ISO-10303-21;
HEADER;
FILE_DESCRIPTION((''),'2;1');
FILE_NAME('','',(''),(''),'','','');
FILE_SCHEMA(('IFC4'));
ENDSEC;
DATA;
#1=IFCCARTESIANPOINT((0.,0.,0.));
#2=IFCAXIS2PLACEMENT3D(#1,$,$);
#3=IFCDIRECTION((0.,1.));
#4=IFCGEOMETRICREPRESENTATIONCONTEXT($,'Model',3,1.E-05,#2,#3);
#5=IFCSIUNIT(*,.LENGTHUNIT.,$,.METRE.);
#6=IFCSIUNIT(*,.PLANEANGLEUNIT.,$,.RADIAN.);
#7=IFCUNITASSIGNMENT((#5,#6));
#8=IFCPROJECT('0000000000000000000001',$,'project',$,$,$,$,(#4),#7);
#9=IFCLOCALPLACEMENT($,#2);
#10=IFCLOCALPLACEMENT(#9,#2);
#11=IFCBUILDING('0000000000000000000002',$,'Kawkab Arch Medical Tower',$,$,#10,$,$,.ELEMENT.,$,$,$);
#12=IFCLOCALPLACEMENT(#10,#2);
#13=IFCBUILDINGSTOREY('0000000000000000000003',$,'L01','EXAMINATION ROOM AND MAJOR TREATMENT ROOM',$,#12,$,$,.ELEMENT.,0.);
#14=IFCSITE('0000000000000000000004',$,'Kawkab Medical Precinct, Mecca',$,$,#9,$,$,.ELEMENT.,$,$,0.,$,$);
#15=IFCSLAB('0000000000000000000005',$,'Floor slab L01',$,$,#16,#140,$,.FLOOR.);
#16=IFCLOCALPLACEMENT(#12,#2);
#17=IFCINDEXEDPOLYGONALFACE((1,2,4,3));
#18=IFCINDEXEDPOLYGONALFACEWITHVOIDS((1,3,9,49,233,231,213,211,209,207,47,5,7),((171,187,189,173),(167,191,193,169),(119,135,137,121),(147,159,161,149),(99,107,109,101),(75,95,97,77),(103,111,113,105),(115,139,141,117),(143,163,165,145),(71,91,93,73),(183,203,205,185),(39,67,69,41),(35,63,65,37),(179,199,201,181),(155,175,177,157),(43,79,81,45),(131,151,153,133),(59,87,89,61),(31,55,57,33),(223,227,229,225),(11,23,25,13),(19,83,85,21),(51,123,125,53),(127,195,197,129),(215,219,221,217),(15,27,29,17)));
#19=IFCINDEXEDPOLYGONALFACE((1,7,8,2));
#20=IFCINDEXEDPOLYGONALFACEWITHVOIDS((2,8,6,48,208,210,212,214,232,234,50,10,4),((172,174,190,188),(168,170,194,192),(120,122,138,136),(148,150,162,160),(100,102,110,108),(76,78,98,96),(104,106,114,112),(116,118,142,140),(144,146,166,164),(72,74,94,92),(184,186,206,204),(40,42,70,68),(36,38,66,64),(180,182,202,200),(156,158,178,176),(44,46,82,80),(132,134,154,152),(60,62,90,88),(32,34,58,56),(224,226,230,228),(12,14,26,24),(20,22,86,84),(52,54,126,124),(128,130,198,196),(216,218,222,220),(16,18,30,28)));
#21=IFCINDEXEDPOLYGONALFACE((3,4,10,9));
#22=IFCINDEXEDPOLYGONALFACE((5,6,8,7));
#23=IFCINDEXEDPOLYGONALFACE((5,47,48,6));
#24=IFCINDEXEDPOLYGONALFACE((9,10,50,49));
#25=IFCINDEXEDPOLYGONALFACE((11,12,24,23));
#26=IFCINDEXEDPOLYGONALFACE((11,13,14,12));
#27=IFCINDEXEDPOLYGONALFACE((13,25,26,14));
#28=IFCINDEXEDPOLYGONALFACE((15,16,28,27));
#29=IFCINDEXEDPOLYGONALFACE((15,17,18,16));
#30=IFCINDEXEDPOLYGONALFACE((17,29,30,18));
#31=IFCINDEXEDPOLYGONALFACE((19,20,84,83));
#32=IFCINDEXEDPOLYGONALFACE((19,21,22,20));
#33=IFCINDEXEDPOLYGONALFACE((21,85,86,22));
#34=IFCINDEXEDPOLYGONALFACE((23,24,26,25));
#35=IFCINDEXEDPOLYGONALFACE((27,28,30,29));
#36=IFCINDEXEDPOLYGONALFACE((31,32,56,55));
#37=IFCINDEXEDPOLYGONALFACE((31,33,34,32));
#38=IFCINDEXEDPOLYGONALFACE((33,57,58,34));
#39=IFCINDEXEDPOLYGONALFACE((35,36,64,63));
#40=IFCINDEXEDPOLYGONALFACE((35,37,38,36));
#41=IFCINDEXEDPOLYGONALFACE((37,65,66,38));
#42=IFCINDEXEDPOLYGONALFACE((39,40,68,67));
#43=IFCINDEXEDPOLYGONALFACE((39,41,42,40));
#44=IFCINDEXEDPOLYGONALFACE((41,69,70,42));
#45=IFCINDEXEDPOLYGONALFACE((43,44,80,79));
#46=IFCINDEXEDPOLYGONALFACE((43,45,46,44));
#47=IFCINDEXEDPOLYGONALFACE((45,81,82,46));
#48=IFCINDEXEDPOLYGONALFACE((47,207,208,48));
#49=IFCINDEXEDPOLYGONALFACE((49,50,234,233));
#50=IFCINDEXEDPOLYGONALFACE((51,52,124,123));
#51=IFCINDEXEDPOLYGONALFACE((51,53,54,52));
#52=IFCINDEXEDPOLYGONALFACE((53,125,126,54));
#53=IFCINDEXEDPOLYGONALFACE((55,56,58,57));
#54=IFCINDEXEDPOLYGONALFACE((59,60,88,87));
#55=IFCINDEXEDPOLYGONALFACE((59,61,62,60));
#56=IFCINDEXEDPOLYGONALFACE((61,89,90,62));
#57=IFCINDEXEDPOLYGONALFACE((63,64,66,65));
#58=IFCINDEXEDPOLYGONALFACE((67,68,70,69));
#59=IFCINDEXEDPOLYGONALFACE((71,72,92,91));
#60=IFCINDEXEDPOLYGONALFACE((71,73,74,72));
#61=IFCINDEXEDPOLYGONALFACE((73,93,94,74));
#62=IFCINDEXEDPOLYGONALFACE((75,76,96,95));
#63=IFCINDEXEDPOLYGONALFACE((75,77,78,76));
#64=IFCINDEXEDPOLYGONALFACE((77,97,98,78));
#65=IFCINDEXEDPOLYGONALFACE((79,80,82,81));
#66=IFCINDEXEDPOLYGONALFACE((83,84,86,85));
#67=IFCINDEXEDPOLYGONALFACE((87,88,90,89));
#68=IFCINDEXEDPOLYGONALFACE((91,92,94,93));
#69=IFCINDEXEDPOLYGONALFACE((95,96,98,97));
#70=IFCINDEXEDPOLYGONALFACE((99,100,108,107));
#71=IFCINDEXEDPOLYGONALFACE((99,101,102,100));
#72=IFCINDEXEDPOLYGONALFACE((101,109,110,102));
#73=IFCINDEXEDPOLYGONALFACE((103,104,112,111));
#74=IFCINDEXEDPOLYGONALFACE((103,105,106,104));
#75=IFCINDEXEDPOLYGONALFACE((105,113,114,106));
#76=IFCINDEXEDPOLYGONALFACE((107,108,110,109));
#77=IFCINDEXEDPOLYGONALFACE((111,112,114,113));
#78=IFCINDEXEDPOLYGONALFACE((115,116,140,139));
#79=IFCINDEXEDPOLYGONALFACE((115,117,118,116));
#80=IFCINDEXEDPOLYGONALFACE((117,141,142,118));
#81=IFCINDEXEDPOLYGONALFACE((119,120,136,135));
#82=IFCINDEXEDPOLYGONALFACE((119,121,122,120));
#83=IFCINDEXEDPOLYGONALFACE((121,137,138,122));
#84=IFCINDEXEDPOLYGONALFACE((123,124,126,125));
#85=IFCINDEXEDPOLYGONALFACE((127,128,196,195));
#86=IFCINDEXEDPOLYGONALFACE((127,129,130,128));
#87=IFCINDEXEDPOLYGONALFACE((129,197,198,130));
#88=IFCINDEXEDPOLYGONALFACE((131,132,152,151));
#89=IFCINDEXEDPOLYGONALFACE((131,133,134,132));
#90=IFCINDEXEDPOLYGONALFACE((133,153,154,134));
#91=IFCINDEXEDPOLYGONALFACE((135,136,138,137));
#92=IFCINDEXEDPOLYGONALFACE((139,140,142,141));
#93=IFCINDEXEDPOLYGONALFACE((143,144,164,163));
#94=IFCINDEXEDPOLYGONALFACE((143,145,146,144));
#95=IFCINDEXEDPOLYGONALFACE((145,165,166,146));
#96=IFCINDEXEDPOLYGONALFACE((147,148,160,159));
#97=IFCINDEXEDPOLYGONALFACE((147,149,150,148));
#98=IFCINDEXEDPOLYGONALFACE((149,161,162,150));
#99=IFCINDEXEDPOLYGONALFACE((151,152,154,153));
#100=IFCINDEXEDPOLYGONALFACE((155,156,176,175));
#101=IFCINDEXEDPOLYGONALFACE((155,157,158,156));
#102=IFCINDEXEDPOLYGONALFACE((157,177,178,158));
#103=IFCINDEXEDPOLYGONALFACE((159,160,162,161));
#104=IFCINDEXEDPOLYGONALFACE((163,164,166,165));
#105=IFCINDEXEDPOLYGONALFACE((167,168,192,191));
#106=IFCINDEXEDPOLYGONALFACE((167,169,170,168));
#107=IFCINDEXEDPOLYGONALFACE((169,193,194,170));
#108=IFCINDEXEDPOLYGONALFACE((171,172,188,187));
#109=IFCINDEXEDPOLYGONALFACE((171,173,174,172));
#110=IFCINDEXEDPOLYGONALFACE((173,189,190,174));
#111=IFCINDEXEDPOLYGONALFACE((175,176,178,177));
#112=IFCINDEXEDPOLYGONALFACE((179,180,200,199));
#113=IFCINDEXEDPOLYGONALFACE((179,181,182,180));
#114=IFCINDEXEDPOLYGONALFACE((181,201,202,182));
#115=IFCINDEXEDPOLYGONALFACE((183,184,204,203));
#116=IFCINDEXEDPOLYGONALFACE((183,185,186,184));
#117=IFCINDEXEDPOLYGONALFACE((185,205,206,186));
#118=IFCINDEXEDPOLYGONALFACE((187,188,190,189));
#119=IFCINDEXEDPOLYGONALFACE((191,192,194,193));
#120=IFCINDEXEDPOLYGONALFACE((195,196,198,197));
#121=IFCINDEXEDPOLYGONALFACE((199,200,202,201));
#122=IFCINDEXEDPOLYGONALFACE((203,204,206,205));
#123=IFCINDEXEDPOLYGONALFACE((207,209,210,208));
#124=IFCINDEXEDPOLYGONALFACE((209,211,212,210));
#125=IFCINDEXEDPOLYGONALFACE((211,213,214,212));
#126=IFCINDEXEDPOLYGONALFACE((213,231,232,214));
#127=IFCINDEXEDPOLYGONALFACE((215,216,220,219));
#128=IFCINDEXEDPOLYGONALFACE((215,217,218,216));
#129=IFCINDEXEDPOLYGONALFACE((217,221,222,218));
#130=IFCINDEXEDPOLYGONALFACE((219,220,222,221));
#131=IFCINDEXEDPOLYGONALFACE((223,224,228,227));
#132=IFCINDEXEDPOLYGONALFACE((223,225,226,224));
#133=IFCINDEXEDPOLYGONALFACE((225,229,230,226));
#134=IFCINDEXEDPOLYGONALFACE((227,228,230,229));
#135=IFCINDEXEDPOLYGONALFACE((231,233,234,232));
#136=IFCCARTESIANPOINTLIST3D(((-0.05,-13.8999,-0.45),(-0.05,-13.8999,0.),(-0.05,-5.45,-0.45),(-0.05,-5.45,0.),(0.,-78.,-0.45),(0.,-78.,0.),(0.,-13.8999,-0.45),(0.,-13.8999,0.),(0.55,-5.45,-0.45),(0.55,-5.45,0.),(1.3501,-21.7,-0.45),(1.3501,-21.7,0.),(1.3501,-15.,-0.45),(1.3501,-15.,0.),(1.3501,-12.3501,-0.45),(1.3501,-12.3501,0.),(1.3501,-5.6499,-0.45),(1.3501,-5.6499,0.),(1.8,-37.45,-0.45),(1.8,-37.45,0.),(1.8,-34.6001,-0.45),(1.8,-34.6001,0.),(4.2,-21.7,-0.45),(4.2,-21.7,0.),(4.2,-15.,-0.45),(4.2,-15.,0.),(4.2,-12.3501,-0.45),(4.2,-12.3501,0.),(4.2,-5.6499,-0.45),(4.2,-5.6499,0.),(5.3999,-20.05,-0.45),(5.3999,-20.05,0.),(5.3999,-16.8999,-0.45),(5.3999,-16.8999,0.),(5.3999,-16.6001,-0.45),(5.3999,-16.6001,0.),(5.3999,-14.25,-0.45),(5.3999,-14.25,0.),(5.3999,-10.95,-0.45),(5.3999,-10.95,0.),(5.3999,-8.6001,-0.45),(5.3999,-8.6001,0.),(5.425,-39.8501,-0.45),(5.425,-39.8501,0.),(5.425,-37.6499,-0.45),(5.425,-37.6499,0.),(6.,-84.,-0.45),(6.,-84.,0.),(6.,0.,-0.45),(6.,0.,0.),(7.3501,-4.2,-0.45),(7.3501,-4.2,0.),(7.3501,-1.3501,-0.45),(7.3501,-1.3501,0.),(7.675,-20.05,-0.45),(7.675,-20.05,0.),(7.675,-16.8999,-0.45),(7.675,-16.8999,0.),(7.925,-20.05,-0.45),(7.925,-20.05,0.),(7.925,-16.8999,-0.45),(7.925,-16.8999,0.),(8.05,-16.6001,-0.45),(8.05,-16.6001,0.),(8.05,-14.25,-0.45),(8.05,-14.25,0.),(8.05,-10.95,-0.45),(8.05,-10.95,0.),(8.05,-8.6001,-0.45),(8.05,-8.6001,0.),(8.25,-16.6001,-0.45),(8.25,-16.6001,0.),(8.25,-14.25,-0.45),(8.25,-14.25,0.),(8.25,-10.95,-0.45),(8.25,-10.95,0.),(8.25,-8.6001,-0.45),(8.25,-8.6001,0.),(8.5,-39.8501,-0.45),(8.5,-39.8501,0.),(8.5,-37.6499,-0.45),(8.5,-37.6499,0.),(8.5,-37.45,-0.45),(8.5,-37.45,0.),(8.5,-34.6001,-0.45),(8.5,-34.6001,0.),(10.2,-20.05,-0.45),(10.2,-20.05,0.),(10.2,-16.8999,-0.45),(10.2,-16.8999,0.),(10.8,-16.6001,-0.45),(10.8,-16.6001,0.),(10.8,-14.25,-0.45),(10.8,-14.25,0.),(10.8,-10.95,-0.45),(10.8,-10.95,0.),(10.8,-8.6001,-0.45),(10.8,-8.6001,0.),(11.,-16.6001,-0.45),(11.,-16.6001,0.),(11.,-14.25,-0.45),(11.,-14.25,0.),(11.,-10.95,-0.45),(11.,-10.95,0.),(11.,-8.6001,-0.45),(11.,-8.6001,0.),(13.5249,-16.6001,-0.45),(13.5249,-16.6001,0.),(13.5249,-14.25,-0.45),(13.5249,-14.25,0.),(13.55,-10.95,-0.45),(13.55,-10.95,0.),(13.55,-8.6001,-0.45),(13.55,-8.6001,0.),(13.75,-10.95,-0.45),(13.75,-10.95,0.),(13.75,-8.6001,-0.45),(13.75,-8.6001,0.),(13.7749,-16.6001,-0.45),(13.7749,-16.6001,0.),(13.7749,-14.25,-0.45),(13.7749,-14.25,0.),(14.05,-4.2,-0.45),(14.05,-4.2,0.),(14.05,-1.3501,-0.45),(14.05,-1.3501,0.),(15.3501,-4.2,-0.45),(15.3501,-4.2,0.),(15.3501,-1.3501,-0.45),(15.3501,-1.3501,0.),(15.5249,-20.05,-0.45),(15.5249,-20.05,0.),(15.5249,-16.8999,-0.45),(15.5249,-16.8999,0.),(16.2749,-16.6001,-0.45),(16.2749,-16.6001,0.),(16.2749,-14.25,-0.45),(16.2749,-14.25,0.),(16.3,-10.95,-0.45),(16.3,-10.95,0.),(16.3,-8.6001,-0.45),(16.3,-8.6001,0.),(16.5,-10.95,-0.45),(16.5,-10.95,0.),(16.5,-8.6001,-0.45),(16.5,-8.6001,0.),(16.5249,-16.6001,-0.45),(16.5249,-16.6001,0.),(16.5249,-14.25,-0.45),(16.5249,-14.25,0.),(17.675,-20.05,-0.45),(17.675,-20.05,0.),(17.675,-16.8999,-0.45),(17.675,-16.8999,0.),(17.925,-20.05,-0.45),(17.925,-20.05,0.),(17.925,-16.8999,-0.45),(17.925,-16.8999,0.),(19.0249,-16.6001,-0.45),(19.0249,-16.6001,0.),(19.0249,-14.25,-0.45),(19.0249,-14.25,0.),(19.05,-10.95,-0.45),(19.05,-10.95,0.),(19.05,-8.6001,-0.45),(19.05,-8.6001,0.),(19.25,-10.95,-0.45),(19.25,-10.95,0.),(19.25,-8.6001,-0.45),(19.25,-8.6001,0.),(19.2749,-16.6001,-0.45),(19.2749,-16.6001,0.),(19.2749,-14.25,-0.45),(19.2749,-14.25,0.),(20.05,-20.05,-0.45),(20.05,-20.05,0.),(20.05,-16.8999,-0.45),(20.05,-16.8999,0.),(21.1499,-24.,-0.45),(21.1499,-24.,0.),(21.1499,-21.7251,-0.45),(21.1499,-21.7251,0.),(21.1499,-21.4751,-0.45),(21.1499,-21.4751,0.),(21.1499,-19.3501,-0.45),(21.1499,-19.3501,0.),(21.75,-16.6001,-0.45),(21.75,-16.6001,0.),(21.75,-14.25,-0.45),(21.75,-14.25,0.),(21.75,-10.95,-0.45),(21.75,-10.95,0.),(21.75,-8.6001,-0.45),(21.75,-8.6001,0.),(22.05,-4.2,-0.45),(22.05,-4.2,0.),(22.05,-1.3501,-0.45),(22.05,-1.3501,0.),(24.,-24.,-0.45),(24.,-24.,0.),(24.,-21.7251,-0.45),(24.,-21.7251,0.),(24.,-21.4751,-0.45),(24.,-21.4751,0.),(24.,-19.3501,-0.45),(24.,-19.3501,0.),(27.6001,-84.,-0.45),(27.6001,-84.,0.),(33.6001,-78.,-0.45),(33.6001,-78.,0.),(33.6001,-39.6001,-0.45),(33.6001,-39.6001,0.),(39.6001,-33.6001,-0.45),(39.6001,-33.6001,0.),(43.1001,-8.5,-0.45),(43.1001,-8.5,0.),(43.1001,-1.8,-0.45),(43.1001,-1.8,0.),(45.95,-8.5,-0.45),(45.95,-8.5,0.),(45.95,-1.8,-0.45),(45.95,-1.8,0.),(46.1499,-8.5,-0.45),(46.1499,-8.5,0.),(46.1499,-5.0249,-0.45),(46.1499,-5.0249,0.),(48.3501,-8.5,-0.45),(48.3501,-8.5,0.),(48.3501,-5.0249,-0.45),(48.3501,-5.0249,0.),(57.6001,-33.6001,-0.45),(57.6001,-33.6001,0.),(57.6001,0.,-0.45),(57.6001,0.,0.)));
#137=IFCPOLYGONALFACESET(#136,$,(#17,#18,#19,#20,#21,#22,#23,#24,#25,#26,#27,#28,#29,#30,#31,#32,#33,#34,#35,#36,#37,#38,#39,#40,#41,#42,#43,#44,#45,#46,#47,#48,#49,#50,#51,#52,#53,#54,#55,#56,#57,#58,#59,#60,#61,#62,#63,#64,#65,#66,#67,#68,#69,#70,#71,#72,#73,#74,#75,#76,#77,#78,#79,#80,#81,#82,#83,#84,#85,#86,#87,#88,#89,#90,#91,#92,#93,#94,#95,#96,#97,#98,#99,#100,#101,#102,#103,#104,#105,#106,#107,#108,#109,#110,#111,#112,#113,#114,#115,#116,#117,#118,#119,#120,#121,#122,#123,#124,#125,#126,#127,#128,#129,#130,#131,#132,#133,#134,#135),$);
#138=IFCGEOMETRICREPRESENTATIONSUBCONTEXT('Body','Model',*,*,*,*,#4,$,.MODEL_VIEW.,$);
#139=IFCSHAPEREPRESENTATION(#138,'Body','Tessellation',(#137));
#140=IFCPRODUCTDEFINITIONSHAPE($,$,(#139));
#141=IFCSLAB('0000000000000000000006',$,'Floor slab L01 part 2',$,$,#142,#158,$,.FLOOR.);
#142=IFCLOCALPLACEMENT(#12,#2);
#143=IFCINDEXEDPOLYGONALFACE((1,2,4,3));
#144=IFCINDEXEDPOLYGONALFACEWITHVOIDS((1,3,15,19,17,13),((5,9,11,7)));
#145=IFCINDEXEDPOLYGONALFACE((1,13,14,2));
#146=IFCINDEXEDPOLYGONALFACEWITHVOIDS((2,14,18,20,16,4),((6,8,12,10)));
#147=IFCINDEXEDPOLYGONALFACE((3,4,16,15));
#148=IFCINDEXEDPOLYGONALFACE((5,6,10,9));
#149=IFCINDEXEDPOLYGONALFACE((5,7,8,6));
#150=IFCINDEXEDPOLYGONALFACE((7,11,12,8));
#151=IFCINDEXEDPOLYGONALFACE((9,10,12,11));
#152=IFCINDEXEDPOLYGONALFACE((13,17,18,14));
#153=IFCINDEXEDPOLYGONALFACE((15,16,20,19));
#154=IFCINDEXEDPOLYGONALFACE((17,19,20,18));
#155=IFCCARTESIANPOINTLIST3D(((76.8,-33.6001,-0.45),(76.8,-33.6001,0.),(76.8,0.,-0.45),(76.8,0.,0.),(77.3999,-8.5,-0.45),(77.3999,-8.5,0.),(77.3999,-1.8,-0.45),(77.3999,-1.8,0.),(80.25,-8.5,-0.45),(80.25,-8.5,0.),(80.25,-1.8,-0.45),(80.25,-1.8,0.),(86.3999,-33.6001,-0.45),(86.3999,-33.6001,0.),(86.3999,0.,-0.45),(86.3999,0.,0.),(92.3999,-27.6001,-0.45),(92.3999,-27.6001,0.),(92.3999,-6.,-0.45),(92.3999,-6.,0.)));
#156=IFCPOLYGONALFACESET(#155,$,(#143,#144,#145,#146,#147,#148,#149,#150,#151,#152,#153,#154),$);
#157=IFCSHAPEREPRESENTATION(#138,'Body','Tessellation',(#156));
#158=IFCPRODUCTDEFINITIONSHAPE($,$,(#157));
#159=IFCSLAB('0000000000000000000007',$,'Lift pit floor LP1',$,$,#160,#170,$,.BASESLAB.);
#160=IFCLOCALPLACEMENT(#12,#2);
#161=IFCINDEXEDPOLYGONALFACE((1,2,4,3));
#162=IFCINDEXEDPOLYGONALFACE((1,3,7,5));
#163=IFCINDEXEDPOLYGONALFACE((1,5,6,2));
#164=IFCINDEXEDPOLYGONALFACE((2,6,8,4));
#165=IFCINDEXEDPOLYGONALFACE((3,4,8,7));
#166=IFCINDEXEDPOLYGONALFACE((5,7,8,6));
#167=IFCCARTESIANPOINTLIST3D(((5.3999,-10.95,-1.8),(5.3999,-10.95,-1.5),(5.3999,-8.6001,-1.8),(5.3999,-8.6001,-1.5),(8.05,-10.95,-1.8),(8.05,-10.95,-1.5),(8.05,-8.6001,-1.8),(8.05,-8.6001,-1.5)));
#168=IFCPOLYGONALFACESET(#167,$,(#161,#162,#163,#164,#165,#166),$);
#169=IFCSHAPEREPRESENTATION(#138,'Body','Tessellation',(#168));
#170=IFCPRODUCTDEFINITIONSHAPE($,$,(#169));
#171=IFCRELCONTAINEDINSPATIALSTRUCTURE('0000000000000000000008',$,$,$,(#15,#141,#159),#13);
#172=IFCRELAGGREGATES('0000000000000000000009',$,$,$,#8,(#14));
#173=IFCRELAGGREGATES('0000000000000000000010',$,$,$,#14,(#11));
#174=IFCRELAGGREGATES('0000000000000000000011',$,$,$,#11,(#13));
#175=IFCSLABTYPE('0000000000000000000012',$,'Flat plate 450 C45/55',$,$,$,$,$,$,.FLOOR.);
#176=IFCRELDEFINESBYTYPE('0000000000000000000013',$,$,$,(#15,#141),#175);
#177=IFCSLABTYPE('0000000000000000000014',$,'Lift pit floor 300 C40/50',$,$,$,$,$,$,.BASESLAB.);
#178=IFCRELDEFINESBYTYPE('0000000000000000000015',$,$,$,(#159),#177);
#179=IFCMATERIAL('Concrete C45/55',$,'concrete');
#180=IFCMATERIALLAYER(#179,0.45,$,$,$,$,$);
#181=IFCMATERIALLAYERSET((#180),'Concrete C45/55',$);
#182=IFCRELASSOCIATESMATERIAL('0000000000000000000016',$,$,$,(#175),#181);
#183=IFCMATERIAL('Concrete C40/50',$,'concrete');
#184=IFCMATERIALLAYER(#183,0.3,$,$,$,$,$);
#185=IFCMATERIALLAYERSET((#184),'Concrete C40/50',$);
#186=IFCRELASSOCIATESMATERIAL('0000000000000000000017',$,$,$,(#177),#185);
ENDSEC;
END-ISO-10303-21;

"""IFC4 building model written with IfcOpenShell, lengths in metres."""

from ifc_helpers import new_model, si_unit, direction, frame, origin, place, context, subcontext, project, spatial, polyline, outline, extrude, material, layer, layer_set, type_object, element, save


model = new_model("IFC4")

# Units and contexts
model_context = context("Model", 3, precision=1e-05, world=origin(), true_north=direction((0.0, 1.0)))
body_context = subcontext(model_context, "Body", "Model", "MODEL_VIEW")
ifc_project = project(units=[si_unit("LENGTHUNIT", "METRE"), si_unit("PLANEANGLEUNIT", "RADIAN")], contexts=[model_context])

# Site, building, storey
site_placement = place(None, origin())
site = spatial("IfcSite", under=ifc_project, at=site_placement, Name="Kawkab Medical Precinct, Mecca", CompositionType="ELEMENT", RefElevation=0.0)
building_placement = place(site_placement, origin())
building = spatial("IfcBuilding", under=site, at=building_placement, Name="Kawkab Arch Medical Tower", CompositionType="ELEMENT")
storey_placement = place(building_placement, origin())
storey = spatial("IfcBuildingStorey", under=building, at=storey_placement, Name="L01", Description="EXAMINATION ROOM AND MAJOR TREATMENT ROOM", CompositionType="ELEMENT", Elevation=0.0)

# Slabs
ifc_material_1 = material(Name="Concrete C45/55", Category="concrete")
ifc_layer_1 = layer(ifc_material_1, 0.45)
ifc_layer_set_1 = layer_set([ifc_layer_1], Name="Concrete C45/55")
slab_type_1 = type_object("IfcSlabType", Name="Flat plate 450 C45/55", PredefinedType="FLOOR", material=ifc_layer_set_1)
placement_1 = place(storey_placement, frame((0.0, 0.0, -0.45)))
element("IfcSlab", 1, at=placement_1, inside=storey, type_object=slab_type_1, Name="Floor slab L01", PredefinedType="FLOOR", context=body_context, shape_type="SweptSolid", body=[
    extrude(outline(polyline([(0.0, -78.0), (0.0, -13.8999), (-0.05, -13.8999), (-0.05, -5.45), (0.55, -5.45), (6.0, 0.0), (57.6001, 0.0), (57.6001, -33.6001), (39.6001, -33.6001), (33.6001, -39.6001), (33.6001, -78.0), (27.6001, -84.0), (6.0, -84.0), (0.0, -78.0)]), holes=[polyline([(5.425, -39.8501), (8.5, -39.8501), (8.5, -37.6499), (5.425, -37.6499), (5.425, -39.8501)]), polyline([(8.5, -37.45), (8.5, -34.6001), (1.8, -34.6001), (1.8, -37.45), (8.5, -37.45)]), polyline([(5.3999, -20.05), (7.675, -20.05), (7.675, -16.8999), (5.3999, -16.8999), (5.3999, -20.05)]), polyline([(7.925, -16.8999), (7.925, -20.05), (10.2, -20.05), (10.2, -16.8999), (7.925, -16.8999)]), polyline([(4.2, -15.0), (1.3501, -15.0), (1.3501, -21.7), (4.2, -21.7), (4.2, -15.0)]), polyline([(5.3999, -16.6001), (8.05, -16.6001), (8.05, -14.25), (5.3999, -14.25), (5.3999, -16.6001)]), polyline([(8.25, -16.6001), (10.8, -16.6001), (10.8, -14.25), (8.25, -14.25), (8.25, -16.6001)]), polyline([(13.5249, -16.6001), (13.5249, -14.25), (11.0, -14.25), (11.0, -16.6001), (13.5249, -16.6001)]), polyline([(13.7749, -16.6001), (16.2749, -16.6001), (16.2749, -14.25), (13.7749, -14.25), (13.7749, -16.6001)]), polyline([(5.3999, -10.95), (8.05, -10.95), (8.05, -8.6001), (5.3999, -8.6001), (5.3999, -10.95)]), polyline([(8.25, -10.95), (10.8, -10.95), (10.8, -8.6001), (8.25, -8.6001), (8.25, -10.95)]), polyline([(13.55, -8.6001), (11.0, -8.6001), (11.0, -10.95), (13.55, -10.95), (13.55, -8.6001)]), polyline([(4.2, -5.6499), (1.3501, -5.6499), (1.3501, -12.3501), (4.2, -12.3501), (4.2, -5.6499)]), polyline([(14.05, -1.3501), (7.3501, -1.3501), (7.3501, -4.2), (14.05, -4.2), (14.05, -1.3501)]), polyline([(24.0, -21.7251), (21.1499, -21.7251), (21.1499, -24.0), (24.0, -24.0), (24.0, -21.7251)]), polyline([(24.0, -19.3501), (21.1499, -19.3501), (21.1499, -21.4751), (24.0, -21.4751), (24.0, -19.3501)]), polyline([(17.675, -20.05), (17.675, -16.8999), (15.5249, -16.8999), (15.5249, -20.05), (17.675, -20.05)]), polyline([(17.925, -20.05), (20.05, -20.05), (20.05, -16.8999), (17.925, -16.8999), (17.925, -20.05)]), polyline([(16.5249, -16.6001), (19.0249, -16.6001), (19.0249, -14.25), (16.5249, -14.25), (16.5249, -16.6001)]), polyline([(21.75, -16.6001), (21.75, -14.25), (19.2749, -14.25), (19.2749, -16.6001), (21.75, -16.6001)]), polyline([(16.3, -8.6001), (13.75, -8.6001), (13.75, -10.95), (16.3, -10.95), (16.3, -8.6001)]), polyline([(19.05, -10.95), (19.05, -8.6001), (16.5, -8.6001), (16.5, -10.95), (19.05, -10.95)]), polyline([(21.75, -8.6001), (19.25, -8.6001), (19.25, -10.95), (21.75, -10.95), (21.75, -8.6001)]), polyline([(46.1499, -8.5), (48.3501, -8.5), (48.3501, -5.0249), (46.1499, -5.0249), (46.1499, -8.5)]), polyline([(43.1001, -8.5), (45.95, -8.5), (45.95, -1.8), (43.1001, -1.8), (43.1001, -8.5)]), polyline([(15.3501, -1.3501), (15.3501, -4.2), (22.05, -4.2), (22.05, -1.3501), (15.3501, -1.3501)])]), origin(), (0.0, 0.0, 1.0), 0.45),
])
element("IfcSlab", 2, at=placement_1, inside=storey, type_object=slab_type_1, Name="Floor slab L01 part 2", PredefinedType="FLOOR", context=body_context, shape_type="SweptSolid", body=[
    extrude(outline(polyline([(86.3999, 0.0), (92.3999, -6.0), (92.3999, -27.6001), (86.3999, -33.6001), (76.8, -33.6001), (76.8, 0.0), (86.3999, 0.0)]), holes=[polyline([(77.3999, -8.5), (80.25, -8.5), (80.25, -1.8), (77.3999, -1.8), (77.3999, -8.5)])]), origin(), (0.0, 0.0, 1.0), 0.45),
])
ifc_material_2 = material(Name="Concrete C40/50", Category="concrete")
ifc_layer_2 = layer(ifc_material_2, 0.3)
ifc_layer_set_2 = layer_set([ifc_layer_2], Name="Concrete C40/50")
slab_type_2 = type_object("IfcSlabType", Name="Lift pit floor 300 C40/50", PredefinedType="BASESLAB", material=ifc_layer_set_2)
placement_2 = place(storey_placement, frame((0.0, 0.0, -1.8)))
element("IfcSlab", 3, at=placement_2, inside=storey, type_object=slab_type_2, Name="Lift pit floor LP1", PredefinedType="BASESLAB", context=body_context, shape_type="SweptSolid", body=[
    extrude(outline(polyline([(5.3999, -10.95), (8.05, -10.95), (8.05, -8.6001), (5.3999, -8.6001), (5.3999, -10.95)])), origin(), (0.0, 0.0, 1.0), 0.3),
])

save(model, "model.ifc")
